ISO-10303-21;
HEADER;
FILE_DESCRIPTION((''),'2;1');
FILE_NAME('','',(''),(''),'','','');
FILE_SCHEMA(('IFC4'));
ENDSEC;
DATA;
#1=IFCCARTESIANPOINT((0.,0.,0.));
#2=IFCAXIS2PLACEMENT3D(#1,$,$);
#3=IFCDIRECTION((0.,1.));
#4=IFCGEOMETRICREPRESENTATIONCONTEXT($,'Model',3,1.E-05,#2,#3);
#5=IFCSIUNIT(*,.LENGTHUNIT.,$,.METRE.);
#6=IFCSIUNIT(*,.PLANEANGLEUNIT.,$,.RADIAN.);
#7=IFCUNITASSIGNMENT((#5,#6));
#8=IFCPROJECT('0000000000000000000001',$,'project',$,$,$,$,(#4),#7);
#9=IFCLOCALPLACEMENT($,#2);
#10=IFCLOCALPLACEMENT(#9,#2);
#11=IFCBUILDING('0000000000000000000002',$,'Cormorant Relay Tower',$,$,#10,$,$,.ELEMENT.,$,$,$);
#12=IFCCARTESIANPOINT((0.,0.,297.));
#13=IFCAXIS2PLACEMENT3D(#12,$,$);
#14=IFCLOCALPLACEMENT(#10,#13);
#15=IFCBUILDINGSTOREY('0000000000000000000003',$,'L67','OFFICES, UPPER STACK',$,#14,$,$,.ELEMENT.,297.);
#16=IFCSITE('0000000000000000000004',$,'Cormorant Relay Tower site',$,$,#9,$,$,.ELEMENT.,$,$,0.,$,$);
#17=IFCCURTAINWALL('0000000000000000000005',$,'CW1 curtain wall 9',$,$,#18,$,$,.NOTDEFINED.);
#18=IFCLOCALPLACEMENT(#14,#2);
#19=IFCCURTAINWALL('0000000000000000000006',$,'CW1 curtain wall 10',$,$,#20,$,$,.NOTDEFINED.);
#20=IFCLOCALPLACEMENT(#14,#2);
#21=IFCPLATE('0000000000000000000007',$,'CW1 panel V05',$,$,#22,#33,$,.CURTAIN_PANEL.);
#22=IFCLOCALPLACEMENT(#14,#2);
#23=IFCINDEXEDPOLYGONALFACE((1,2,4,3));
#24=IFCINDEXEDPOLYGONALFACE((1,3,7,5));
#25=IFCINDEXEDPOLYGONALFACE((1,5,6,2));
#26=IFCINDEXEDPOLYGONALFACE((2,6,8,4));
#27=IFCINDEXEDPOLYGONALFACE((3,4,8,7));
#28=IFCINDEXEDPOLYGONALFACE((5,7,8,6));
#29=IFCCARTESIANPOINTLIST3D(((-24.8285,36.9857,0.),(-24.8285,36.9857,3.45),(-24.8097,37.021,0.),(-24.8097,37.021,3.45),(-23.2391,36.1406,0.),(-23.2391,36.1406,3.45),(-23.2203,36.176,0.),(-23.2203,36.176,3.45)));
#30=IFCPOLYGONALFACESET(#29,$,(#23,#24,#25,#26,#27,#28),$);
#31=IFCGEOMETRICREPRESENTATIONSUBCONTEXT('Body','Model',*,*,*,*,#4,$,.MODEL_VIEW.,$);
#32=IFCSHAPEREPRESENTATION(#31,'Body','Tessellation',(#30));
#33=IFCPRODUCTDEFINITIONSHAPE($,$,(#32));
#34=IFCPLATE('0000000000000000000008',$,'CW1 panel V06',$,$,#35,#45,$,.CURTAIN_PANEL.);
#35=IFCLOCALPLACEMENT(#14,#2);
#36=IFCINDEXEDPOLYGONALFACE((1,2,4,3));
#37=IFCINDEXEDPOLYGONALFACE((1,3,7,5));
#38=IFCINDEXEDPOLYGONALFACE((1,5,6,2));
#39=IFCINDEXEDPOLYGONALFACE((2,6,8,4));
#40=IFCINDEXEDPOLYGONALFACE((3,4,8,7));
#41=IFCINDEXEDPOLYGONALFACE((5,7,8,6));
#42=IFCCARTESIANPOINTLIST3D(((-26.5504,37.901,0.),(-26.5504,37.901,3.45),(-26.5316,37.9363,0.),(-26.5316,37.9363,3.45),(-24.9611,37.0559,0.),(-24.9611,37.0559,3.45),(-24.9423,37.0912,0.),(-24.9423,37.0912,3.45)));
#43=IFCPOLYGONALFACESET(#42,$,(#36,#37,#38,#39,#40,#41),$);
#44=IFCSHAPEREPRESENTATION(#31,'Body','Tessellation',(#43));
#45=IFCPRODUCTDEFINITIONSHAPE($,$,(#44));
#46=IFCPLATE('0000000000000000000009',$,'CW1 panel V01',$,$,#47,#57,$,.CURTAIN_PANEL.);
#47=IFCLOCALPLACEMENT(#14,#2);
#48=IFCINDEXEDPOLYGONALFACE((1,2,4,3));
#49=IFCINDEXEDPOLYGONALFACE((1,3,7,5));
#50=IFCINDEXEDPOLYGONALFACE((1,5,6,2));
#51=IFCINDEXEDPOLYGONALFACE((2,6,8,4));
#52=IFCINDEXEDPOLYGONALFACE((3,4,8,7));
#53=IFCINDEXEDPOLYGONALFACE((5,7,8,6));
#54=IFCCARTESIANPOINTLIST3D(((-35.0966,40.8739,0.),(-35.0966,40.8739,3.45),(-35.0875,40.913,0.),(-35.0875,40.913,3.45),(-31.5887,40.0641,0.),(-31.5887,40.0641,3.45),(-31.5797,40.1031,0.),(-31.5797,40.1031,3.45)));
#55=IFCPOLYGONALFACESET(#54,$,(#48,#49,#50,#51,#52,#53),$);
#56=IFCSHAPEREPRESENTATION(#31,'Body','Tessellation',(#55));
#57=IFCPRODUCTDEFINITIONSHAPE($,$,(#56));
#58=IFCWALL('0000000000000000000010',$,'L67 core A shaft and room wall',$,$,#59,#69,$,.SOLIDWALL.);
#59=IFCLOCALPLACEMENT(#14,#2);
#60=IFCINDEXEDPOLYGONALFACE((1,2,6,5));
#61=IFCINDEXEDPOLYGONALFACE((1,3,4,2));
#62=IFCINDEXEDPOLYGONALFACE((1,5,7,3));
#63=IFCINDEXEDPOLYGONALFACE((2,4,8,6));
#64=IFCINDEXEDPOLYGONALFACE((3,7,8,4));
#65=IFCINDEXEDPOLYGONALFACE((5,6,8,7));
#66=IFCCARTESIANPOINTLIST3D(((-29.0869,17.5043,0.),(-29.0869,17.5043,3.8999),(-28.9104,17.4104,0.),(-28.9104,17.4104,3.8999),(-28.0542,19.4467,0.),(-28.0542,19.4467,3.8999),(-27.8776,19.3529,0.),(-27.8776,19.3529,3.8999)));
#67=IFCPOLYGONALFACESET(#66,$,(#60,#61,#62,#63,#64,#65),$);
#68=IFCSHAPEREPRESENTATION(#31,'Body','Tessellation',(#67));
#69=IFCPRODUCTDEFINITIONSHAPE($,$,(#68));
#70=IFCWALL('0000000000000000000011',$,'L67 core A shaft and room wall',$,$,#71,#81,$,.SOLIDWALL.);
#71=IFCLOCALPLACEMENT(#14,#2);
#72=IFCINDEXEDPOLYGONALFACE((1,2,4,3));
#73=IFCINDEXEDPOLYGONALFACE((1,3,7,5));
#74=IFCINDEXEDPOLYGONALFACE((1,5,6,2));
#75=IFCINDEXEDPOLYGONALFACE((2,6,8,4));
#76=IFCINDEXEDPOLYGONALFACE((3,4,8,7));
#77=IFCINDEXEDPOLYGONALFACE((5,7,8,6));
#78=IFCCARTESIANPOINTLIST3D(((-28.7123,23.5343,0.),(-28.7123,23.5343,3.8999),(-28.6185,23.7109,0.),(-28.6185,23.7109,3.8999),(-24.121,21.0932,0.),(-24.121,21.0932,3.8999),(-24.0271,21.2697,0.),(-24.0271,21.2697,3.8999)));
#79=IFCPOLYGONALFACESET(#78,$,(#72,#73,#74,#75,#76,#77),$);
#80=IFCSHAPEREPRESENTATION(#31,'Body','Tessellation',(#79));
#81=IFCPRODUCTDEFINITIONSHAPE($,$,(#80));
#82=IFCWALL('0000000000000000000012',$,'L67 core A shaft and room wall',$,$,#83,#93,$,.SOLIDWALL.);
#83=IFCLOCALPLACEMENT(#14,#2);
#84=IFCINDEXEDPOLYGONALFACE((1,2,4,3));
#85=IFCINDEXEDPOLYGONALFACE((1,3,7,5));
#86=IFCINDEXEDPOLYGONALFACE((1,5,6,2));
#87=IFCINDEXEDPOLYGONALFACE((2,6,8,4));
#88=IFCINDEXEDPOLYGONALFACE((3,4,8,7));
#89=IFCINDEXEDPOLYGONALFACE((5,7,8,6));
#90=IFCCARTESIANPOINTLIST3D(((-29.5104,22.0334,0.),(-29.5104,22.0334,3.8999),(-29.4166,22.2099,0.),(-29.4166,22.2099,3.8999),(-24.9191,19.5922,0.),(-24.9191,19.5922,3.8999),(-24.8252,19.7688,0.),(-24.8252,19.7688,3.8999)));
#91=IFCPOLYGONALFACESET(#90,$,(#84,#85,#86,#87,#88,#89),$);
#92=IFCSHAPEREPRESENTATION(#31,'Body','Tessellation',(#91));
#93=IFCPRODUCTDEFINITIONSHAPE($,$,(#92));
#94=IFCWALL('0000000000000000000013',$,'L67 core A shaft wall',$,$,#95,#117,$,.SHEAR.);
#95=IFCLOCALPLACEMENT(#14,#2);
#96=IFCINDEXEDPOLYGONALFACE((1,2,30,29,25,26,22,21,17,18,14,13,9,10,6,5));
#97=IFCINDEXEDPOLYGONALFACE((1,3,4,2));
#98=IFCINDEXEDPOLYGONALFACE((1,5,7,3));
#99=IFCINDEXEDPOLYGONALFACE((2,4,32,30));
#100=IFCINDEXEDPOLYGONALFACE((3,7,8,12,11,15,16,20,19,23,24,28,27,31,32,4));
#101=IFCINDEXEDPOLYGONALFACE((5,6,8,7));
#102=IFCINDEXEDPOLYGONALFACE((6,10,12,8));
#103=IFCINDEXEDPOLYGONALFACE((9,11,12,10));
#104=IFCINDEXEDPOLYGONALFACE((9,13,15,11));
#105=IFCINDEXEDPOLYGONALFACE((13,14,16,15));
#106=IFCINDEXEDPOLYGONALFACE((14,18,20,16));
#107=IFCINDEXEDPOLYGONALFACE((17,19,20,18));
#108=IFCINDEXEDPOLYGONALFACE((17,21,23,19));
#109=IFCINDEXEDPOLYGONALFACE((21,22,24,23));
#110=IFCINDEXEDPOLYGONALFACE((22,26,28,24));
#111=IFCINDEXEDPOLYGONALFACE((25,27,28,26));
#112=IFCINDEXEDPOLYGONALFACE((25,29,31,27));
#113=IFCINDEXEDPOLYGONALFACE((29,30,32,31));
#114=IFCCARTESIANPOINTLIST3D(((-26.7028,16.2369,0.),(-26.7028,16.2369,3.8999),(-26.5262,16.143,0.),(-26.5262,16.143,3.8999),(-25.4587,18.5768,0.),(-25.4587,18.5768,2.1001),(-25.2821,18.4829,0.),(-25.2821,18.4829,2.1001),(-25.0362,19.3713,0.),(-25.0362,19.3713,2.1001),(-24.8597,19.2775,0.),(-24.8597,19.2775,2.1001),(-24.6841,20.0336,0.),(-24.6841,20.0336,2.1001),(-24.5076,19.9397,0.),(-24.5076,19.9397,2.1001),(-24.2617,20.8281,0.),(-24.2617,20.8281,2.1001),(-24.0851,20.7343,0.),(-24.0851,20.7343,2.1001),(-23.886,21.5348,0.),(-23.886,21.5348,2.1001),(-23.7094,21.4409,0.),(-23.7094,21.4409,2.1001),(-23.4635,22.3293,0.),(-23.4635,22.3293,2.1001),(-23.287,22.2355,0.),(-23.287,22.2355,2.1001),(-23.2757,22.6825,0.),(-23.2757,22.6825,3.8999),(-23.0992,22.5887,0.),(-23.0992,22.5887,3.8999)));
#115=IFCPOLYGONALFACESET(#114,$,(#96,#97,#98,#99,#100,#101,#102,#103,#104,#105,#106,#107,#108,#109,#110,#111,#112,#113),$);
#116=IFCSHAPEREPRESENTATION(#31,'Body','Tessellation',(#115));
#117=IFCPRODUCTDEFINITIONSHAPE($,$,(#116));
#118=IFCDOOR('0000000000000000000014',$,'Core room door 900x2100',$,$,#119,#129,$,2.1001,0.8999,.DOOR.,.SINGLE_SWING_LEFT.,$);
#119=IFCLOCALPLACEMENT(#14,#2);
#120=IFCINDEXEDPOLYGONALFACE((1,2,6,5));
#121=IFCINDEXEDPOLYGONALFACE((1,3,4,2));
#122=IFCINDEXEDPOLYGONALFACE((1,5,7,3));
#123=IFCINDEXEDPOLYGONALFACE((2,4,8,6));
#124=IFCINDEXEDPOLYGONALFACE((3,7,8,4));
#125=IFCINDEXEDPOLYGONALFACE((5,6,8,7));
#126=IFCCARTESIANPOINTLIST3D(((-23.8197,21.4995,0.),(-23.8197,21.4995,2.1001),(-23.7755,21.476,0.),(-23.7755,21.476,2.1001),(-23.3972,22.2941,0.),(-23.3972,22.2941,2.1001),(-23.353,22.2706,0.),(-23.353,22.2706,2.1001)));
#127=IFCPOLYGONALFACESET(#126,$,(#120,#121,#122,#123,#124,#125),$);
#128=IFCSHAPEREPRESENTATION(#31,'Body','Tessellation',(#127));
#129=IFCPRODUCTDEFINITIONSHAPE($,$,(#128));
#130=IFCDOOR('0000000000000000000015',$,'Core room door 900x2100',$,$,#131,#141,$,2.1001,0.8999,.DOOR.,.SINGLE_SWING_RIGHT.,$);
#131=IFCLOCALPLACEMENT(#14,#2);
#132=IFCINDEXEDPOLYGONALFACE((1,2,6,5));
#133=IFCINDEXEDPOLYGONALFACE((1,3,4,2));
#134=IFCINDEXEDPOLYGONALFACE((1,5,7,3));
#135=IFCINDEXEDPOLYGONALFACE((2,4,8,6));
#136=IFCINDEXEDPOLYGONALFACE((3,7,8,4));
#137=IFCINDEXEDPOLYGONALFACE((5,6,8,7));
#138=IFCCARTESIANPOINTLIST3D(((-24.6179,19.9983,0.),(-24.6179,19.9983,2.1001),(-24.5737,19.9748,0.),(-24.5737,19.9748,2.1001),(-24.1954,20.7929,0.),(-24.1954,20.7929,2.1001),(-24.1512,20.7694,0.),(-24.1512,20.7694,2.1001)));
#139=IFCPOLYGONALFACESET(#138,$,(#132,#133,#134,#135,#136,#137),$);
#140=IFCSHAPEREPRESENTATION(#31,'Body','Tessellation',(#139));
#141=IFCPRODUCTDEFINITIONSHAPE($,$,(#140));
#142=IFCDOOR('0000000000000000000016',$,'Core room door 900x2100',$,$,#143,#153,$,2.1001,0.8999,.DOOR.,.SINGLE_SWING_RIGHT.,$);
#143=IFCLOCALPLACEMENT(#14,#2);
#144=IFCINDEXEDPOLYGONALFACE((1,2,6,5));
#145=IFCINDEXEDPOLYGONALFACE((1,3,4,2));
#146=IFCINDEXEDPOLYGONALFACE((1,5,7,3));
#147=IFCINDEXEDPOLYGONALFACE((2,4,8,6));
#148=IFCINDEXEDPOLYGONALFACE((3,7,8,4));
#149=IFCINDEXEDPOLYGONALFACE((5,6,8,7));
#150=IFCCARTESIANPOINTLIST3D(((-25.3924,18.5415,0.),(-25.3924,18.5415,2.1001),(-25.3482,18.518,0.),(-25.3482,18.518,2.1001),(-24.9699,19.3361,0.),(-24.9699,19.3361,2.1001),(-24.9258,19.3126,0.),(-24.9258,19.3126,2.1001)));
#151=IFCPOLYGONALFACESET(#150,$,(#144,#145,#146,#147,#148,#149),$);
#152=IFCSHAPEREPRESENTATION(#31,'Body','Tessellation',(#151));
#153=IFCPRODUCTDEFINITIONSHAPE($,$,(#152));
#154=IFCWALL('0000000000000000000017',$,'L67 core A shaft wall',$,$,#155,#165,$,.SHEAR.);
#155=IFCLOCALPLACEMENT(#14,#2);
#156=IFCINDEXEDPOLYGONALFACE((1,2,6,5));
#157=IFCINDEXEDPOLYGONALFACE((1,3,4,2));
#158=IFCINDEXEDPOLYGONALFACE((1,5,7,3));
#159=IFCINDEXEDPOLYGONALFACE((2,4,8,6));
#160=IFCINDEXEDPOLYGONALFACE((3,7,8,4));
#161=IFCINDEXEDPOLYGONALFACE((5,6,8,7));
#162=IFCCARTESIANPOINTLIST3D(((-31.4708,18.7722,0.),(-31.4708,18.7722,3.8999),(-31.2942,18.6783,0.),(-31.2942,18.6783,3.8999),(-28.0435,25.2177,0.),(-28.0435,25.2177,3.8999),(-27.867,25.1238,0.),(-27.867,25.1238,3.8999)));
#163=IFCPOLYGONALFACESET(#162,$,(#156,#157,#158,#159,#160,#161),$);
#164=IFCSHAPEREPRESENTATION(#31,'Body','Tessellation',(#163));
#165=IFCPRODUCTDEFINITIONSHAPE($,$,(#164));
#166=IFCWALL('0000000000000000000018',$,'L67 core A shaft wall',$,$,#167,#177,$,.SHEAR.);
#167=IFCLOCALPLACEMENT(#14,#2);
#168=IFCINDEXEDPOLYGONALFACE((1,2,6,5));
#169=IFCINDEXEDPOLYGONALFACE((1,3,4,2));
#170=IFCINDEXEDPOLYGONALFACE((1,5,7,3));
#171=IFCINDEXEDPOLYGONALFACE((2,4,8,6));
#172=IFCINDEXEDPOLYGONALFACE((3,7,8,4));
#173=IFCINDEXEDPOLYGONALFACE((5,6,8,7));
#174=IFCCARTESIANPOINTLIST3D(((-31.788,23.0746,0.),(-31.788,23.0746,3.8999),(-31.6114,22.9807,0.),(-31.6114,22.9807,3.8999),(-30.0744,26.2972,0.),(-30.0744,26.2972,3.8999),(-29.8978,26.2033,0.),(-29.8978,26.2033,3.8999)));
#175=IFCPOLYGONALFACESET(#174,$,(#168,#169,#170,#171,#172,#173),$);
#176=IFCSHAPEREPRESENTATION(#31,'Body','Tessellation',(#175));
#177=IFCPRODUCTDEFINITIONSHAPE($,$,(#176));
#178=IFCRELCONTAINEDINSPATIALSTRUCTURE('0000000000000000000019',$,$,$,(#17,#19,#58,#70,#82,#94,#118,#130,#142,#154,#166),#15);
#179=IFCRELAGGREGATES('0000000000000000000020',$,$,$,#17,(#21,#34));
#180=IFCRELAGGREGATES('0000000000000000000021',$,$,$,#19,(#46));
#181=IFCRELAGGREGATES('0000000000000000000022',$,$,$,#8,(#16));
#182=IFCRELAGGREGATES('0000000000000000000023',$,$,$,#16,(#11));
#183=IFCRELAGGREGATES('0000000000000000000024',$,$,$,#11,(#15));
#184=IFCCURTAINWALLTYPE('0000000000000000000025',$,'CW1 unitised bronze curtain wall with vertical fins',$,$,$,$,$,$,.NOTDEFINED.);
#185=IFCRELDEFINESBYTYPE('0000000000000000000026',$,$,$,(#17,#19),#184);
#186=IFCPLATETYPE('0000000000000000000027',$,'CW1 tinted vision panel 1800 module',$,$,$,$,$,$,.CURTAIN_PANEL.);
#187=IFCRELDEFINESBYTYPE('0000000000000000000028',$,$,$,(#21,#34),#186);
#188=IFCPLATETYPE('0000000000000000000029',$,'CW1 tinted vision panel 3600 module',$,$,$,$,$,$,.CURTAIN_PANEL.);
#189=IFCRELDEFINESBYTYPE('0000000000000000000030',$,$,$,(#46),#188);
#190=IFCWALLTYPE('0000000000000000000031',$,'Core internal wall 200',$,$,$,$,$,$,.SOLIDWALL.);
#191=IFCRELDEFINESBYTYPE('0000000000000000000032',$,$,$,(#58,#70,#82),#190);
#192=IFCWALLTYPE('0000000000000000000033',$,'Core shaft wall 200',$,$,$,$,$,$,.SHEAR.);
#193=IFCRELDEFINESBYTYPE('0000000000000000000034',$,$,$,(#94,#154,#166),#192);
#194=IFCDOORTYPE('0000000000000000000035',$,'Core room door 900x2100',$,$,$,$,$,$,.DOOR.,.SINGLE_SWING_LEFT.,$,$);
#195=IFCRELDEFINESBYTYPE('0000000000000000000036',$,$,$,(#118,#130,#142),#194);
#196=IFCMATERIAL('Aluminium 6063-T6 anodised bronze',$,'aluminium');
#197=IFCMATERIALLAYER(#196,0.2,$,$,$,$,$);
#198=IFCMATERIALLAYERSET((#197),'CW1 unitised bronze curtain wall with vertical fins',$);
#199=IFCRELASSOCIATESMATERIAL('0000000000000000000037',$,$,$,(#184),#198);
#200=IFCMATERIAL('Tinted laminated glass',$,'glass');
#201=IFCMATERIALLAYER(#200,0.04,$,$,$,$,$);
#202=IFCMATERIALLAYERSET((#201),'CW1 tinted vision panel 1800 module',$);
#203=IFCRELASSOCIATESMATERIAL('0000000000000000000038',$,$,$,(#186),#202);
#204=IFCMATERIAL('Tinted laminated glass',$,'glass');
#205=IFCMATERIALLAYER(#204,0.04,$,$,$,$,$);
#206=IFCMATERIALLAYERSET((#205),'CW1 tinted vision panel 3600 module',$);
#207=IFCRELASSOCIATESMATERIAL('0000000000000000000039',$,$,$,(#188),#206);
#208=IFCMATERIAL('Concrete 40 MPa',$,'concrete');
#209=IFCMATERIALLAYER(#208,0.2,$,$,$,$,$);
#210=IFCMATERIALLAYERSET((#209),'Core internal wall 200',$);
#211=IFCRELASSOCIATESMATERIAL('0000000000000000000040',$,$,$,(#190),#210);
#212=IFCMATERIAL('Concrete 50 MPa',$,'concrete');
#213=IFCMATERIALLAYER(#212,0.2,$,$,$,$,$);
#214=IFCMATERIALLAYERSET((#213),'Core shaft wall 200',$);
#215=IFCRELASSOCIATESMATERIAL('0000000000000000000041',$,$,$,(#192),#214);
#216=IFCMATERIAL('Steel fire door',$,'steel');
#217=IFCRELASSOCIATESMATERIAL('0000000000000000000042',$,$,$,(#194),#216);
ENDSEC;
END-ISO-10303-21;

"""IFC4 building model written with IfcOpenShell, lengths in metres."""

from ifc_helpers import new_model, si_unit, direction, frame, frame_2d, origin, origin_2d, place, context, subcontext, project, spatial, rectangle, extrude, material, layer, layer_set, type_object, element, fill, aggregate, save


model = new_model("IFC4")

# Units and contexts
model_context = context("Model", 3, precision=1e-05, world=origin(), true_north=direction((0.0, 1.0)))
body_context = subcontext(model_context, "Body", "Model", "MODEL_VIEW")
ifc_project = project(units=[si_unit("LENGTHUNIT", "METRE"), si_unit("PLANEANGLEUNIT", "RADIAN")], contexts=[model_context])

# Site, building, storey
site_placement = place(None, origin())
site = spatial("IfcSite", under=ifc_project, at=site_placement, Name="Cormorant Relay Tower site", CompositionType="ELEMENT", RefElevation=0.0)
building_placement = place(site_placement, origin())
building = spatial("IfcBuilding", under=site, at=building_placement, Name="Cormorant Relay Tower", CompositionType="ELEMENT")
storey_placement = place(building_placement, frame((0.0, 0.0, 297.0)))
storey = spatial("IfcBuildingStorey", under=building, at=storey_placement, Name="L67", Description="OFFICES, UPPER STACK", CompositionType="ELEMENT", Elevation=297.0)

# Curtain wall
ifc_material_1 = material(Name="Aluminium 6063-T6 anodised bronze", Category="aluminium")
ifc_layer_1 = layer(ifc_material_1, 0.2)
ifc_layer_set_1 = layer_set([ifc_layer_1], Name="CW1 unitised bronze curtain wall with vertical fins")
curtain_wall_type = type_object("IfcCurtainWallType", Name="CW1 unitised bronze curtain wall with vertical fins", PredefinedType="NOTDEFINED", material=ifc_layer_set_1)
curtain_wall_1_placement = place(storey_placement, origin())
curtain_wall_1 = element("IfcCurtainWall", 1, at=curtain_wall_1_placement, inside=storey, type_object=curtain_wall_type, Name="CW1 curtain wall 9", PredefinedType="NOTDEFINED")

# Curtain wall
curtain_wall_2_placement = place(storey_placement, origin())
curtain_wall_2 = element("IfcCurtainWall", 2, at=curtain_wall_2_placement, inside=storey, type_object=curtain_wall_type, Name="CW1 curtain wall 10", PredefinedType="NOTDEFINED")

# Plates
ifc_material_2 = material(Name="Tinted laminated glass", Category="glass")
ifc_layer_2 = layer(ifc_material_2, 0.04)
ifc_layer_set_2 = layer_set([ifc_layer_2], Name="CW1 tinted vision panel 1800 module")
plate_type_1 = type_object("IfcPlateType", Name="CW1 tinted vision panel 1800 module", PredefinedType="CURTAIN_PANEL", material=ifc_layer_set_2)
plate_1_placement = place(storey_placement, frame((-24.0244, 36.5808, 0.0), z_axis=(0.0, 0.0, 1.0), x_axis=(-0.882948, 0.469472, 0.0)))
plate_1 = element("IfcPlate", 3, at=plate_1_placement, type_object=plate_type_1, Name="CW1 panel V05", PredefinedType="CURTAIN_PANEL", context=body_context, shape_type="SweptSolid", body=[
    extrude(rectangle(XDim=1.8, YDim=0.04, at=origin_2d()), origin(), (0.0, 0.0, 1.0), 3.45),
])
plate_2_placement = place(storey_placement, frame((-25.7463, 37.4961, 0.0), z_axis=(0.0, 0.0, 1.0), x_axis=(-0.882948, 0.469472, 0.0)))
plate_2 = element("IfcPlate", 4, at=plate_2_placement, type_object=plate_type_1, Name="CW1 panel V06", PredefinedType="CURTAIN_PANEL", context=body_context, shape_type="SweptSolid", body=[
    extrude(rectangle(XDim=1.8, YDim=0.04, at=origin_2d()), origin(), (0.0, 0.0, 1.0), 3.45),
])
ifc_material_3 = material(Name="Tinted laminated glass", Category="glass")
ifc_layer_3 = layer(ifc_material_3, 0.04)
ifc_layer_set_3 = layer_set([ifc_layer_3], Name="CW1 tinted vision panel 3600 module")
plate_type_2 = type_object("IfcPlateType", Name="CW1 tinted vision panel 3600 module", PredefinedType="CURTAIN_PANEL", material=ifc_layer_set_3)
plate_3_placement = place(storey_placement, frame((-33.3381, 40.4885, 0.0), z_axis=(0.0, 0.0, 1.0), x_axis=(-0.97437, 0.224951, 0.0)))
plate_3 = element("IfcPlate", 5, at=plate_3_placement, type_object=plate_type_2, Name="CW1 panel V01", PredefinedType="CURTAIN_PANEL", context=body_context, shape_type="SweptSolid", body=[
    extrude(rectangle(XDim=3.6001, YDim=0.04, at=origin_2d()), origin(), (0.0, 0.0, 1.0), 3.45),
])

# Walls
ifc_material_4 = material(Name="Concrete 40 MPa", Category="concrete")
ifc_layer_4 = layer(ifc_material_4, 0.2)
ifc_layer_set_4 = layer_set([ifc_layer_4], Name="Core internal wall 200")
wall_type_1 = type_object("IfcWallType", Name="Core internal wall 200", PredefinedType="SOLIDWALL", material=ifc_layer_set_4)
wall_1_placement = place(storey_placement, frame((-27.9658, 19.3999, 0.0), z_axis=(0.0, 0.0, 1.0), x_axis=(-0.469447, -0.88296, 0.0)))
element("IfcWall", 6, at=wall_1_placement, inside=storey, type_object=wall_type_1, Name="L67 core A shaft and room wall", PredefinedType="SOLIDWALL", context=body_context, shape_type="SweptSolid", body=[
    extrude(rectangle(XDim=2.2, YDim=0.2, at=frame_2d((1.1001, 0.0))), origin(), (0.0, 0.0, 1.0), 3.8999),
])
for number, where, z_axis, x_axis, name in (
    (7, (-24.074, 21.1814, 0.0), (0.0, 0.0, 1.0), (-0.882954, 0.46946, 0.0), "L67 core A shaft and room wall"),
    (8, (-24.8721, 19.6804, 0.0), (0.0, 0.0, 1.0), (-0.882954, 0.46946, 0.0), "L67 core A shaft and room wall"),
):
    element("IfcWall", number, at=place(storey_placement, frame(where, z_axis=z_axis, x_axis=x_axis)), inside=storey, type_object=wall_type_1, Name=name, PredefinedType="SOLIDWALL", context=body_context, shape_type="SweptSolid", body=[
        extrude(rectangle(XDim=5.2, YDim=0.2, at=frame_2d((2.6001, 0.0))), origin(), (0.0, 0.0, 1.0), 3.8999),
    ])

# Wall, openings, doors
ifc_material_5 = material(Name="Concrete 50 MPa", Category="concrete")
ifc_layer_5 = layer(ifc_material_5, 0.2)
ifc_layer_set_5 = layer_set([ifc_layer_5], Name="Core shaft wall 200")
wall_type_2 = type_object("IfcWallType", Name="Core shaft wall 200", PredefinedType="SHEAR", material=ifc_layer_set_5)
wall_2_placement = place(storey_placement, frame((-23.1875, 22.6355, 0.0), z_axis=(0.0, 0.0, 1.0), x_axis=(-0.469454, -0.882957, 0.0)))
wall_2 = element("IfcWall", 9, at=wall_2_placement, inside=storey, type_object=wall_type_2, Name="L67 core A shaft wall", PredefinedType="SHEAR", context=body_context, shape_type="SweptSolid", body=[
    extrude(rectangle(XDim=7.3, YDim=0.2, at=frame_2d((3.6499, 0.0))), origin(), (0.0, 0.0, 1.0), 3.8999),
])
opening_1_placement = place(wall_2_placement, frame((0.3999, 0.0, 0.0)))
opening_1 = element("IfcOpeningElement", 10, at=opening_1_placement, cuts=wall_2, PredefinedType="OPENING", context=body_context, shape_type="SweptSolid", body=[
    extrude(rectangle(XDim=0.8999, YDim=2.1001, at=frame_2d((0.45, 1.05))), frame((0.0, 0.1099, 0.0), z_axis=(0.0, -1.0, 0.0), x_axis=(1.0, 0.0, 0.0)), (0.0, 0.0, 1.0), 0.22),
])
opening_2_placement = place(wall_2_placement, frame((2.1001, 0.0, 0.0)))
opening_2 = element("IfcOpeningElement", 11, at=opening_2_placement, cuts=wall_2, PredefinedType="OPENING", context=body_context, shape_type="SweptSolid", body=[
    extrude(rectangle(XDim=0.8999, YDim=2.1001, at=frame_2d((0.45, 1.05))), frame((0.0, 0.1099, 0.0), z_axis=(0.0, -1.0, 0.0), x_axis=(1.0, 0.0, 0.0)), (0.0, 0.0, 1.0), 0.22),
])
opening_3_placement = place(wall_2_placement, frame((3.75, 0.0, 0.0)))
opening_3 = element("IfcOpeningElement", 12, at=opening_3_placement, cuts=wall_2, PredefinedType="OPENING", context=body_context, shape_type="SweptSolid", body=[
    extrude(rectangle(XDim=0.8999, YDim=2.1001, at=frame_2d((0.45, 1.05))), frame((0.0, 0.1099, 0.0), z_axis=(0.0, -1.0, 0.0), x_axis=(1.0, 0.0, 0.0)), (0.0, 0.0, 1.0), 0.22),
])
ifc_material_6 = material(Name="Steel fire door", Category="steel")
door_type_1 = type_object("IfcDoorType", Name="Core room door 900x2100", OperationType="SINGLE_SWING_LEFT", PredefinedType="DOOR", material=ifc_material_6)
door_1_placement = place(opening_1_placement, frame((0.8999, 0.0, 0.0), z_axis=(0.0, 0.0, 1.0), x_axis=(-1.0, 0.0, 0.0)))
door_1 = element("IfcDoor", 13, at=door_1_placement, inside=storey, type_object=door_type_1, Name="Core room door 900x2100", OperationType="SINGLE_SWING_LEFT", OverallHeight=2.1001, OverallWidth=0.8999, PredefinedType="DOOR", context=body_context, shape_type="SweptSolid", body=[
    extrude(rectangle(XDim=0.8999, YDim=2.1001, at=frame_2d((0.45, 1.05))), frame((0.0, 0.0249, 0.0), z_axis=(0.0, -1.0, 0.0), x_axis=(1.0, 0.0, 0.0)), (0.0, 0.0, 1.0), 0.05),
])
fill(opening_1, door_1)
door_2_placement = place(opening_2_placement, frame((0.8999, 0.0, 0.0), z_axis=(0.0, 0.0, 1.0), x_axis=(-1.0, 0.0, 0.0)))
door_2 = element("IfcDoor", 14, at=door_2_placement, inside=storey, type_object=door_type_1, Name="Core room door 900x2100", OperationType="SINGLE_SWING_RIGHT", OverallHeight=2.1001, OverallWidth=0.8999, PredefinedType="DOOR", context=body_context, shape_type="SweptSolid", body=[
    extrude(rectangle(XDim=0.8999, YDim=2.1001, at=frame_2d((0.45, 1.05))), frame((0.0, 0.0249, 0.0), z_axis=(0.0, -1.0, 0.0), x_axis=(1.0, 0.0, 0.0)), (0.0, 0.0, 1.0), 0.05),
])
fill(opening_2, door_2)
door_3_placement = place(opening_3_placement, frame((0.8999, 0.0, 0.0), z_axis=(0.0, 0.0, 1.0), x_axis=(-1.0, 0.0, 0.0)))
door_3 = element("IfcDoor", 15, at=door_3_placement, inside=storey, type_object=door_type_1, Name="Core room door 900x2100", OperationType="SINGLE_SWING_RIGHT", OverallHeight=2.1001, OverallWidth=0.8999, PredefinedType="DOOR", context=body_context, shape_type="SweptSolid", body=[
    extrude(rectangle(XDim=0.8999, YDim=2.1001, at=frame_2d((0.45, 1.05))), frame((0.0, 0.0249, 0.0), z_axis=(0.0, -1.0, 0.0), x_axis=(1.0, 0.0, 0.0)), (0.0, 0.0, 1.0), 0.05),
])
fill(opening_3, door_3)

# Walls
wall_3_placement = place(storey_placement, frame((-27.9553, 25.1707, 0.0), z_axis=(0.0, 0.0, 1.0), x_axis=(-0.46948, -0.882943, 0.0)))
element("IfcWall", 16, at=wall_3_placement, inside=storey, type_object=wall_type_2, Name="L67 core A shaft wall", PredefinedType="SHEAR", context=body_context, shape_type="SweptSolid", body=[
    extrude(rectangle(XDim=7.3, YDim=0.2, at=frame_2d((3.6499, 0.0))), origin(), (0.0, 0.0, 1.0), 3.8999),
])
wall_4_placement = place(storey_placement, frame((-29.9861, 26.2502, 0.0), z_axis=(0.0, 0.0, 1.0), x_axis=(-0.469494, -0.882936, 0.0)))
element("IfcWall", 17, at=wall_4_placement, inside=storey, type_object=wall_type_2, Name="L67 core A shaft wall", PredefinedType="SHEAR", context=body_context, shape_type="SweptSolid", body=[
    extrude(rectangle(XDim=3.6499, YDim=0.2, at=frame_2d((1.825, 0.0))), origin(), (0.0, 0.0, 1.0), 3.8999),
])

aggregate(curtain_wall_1, [plate_1, plate_2])
aggregate(curtain_wall_2, [plate_3])

save(model, "model.ifc")
